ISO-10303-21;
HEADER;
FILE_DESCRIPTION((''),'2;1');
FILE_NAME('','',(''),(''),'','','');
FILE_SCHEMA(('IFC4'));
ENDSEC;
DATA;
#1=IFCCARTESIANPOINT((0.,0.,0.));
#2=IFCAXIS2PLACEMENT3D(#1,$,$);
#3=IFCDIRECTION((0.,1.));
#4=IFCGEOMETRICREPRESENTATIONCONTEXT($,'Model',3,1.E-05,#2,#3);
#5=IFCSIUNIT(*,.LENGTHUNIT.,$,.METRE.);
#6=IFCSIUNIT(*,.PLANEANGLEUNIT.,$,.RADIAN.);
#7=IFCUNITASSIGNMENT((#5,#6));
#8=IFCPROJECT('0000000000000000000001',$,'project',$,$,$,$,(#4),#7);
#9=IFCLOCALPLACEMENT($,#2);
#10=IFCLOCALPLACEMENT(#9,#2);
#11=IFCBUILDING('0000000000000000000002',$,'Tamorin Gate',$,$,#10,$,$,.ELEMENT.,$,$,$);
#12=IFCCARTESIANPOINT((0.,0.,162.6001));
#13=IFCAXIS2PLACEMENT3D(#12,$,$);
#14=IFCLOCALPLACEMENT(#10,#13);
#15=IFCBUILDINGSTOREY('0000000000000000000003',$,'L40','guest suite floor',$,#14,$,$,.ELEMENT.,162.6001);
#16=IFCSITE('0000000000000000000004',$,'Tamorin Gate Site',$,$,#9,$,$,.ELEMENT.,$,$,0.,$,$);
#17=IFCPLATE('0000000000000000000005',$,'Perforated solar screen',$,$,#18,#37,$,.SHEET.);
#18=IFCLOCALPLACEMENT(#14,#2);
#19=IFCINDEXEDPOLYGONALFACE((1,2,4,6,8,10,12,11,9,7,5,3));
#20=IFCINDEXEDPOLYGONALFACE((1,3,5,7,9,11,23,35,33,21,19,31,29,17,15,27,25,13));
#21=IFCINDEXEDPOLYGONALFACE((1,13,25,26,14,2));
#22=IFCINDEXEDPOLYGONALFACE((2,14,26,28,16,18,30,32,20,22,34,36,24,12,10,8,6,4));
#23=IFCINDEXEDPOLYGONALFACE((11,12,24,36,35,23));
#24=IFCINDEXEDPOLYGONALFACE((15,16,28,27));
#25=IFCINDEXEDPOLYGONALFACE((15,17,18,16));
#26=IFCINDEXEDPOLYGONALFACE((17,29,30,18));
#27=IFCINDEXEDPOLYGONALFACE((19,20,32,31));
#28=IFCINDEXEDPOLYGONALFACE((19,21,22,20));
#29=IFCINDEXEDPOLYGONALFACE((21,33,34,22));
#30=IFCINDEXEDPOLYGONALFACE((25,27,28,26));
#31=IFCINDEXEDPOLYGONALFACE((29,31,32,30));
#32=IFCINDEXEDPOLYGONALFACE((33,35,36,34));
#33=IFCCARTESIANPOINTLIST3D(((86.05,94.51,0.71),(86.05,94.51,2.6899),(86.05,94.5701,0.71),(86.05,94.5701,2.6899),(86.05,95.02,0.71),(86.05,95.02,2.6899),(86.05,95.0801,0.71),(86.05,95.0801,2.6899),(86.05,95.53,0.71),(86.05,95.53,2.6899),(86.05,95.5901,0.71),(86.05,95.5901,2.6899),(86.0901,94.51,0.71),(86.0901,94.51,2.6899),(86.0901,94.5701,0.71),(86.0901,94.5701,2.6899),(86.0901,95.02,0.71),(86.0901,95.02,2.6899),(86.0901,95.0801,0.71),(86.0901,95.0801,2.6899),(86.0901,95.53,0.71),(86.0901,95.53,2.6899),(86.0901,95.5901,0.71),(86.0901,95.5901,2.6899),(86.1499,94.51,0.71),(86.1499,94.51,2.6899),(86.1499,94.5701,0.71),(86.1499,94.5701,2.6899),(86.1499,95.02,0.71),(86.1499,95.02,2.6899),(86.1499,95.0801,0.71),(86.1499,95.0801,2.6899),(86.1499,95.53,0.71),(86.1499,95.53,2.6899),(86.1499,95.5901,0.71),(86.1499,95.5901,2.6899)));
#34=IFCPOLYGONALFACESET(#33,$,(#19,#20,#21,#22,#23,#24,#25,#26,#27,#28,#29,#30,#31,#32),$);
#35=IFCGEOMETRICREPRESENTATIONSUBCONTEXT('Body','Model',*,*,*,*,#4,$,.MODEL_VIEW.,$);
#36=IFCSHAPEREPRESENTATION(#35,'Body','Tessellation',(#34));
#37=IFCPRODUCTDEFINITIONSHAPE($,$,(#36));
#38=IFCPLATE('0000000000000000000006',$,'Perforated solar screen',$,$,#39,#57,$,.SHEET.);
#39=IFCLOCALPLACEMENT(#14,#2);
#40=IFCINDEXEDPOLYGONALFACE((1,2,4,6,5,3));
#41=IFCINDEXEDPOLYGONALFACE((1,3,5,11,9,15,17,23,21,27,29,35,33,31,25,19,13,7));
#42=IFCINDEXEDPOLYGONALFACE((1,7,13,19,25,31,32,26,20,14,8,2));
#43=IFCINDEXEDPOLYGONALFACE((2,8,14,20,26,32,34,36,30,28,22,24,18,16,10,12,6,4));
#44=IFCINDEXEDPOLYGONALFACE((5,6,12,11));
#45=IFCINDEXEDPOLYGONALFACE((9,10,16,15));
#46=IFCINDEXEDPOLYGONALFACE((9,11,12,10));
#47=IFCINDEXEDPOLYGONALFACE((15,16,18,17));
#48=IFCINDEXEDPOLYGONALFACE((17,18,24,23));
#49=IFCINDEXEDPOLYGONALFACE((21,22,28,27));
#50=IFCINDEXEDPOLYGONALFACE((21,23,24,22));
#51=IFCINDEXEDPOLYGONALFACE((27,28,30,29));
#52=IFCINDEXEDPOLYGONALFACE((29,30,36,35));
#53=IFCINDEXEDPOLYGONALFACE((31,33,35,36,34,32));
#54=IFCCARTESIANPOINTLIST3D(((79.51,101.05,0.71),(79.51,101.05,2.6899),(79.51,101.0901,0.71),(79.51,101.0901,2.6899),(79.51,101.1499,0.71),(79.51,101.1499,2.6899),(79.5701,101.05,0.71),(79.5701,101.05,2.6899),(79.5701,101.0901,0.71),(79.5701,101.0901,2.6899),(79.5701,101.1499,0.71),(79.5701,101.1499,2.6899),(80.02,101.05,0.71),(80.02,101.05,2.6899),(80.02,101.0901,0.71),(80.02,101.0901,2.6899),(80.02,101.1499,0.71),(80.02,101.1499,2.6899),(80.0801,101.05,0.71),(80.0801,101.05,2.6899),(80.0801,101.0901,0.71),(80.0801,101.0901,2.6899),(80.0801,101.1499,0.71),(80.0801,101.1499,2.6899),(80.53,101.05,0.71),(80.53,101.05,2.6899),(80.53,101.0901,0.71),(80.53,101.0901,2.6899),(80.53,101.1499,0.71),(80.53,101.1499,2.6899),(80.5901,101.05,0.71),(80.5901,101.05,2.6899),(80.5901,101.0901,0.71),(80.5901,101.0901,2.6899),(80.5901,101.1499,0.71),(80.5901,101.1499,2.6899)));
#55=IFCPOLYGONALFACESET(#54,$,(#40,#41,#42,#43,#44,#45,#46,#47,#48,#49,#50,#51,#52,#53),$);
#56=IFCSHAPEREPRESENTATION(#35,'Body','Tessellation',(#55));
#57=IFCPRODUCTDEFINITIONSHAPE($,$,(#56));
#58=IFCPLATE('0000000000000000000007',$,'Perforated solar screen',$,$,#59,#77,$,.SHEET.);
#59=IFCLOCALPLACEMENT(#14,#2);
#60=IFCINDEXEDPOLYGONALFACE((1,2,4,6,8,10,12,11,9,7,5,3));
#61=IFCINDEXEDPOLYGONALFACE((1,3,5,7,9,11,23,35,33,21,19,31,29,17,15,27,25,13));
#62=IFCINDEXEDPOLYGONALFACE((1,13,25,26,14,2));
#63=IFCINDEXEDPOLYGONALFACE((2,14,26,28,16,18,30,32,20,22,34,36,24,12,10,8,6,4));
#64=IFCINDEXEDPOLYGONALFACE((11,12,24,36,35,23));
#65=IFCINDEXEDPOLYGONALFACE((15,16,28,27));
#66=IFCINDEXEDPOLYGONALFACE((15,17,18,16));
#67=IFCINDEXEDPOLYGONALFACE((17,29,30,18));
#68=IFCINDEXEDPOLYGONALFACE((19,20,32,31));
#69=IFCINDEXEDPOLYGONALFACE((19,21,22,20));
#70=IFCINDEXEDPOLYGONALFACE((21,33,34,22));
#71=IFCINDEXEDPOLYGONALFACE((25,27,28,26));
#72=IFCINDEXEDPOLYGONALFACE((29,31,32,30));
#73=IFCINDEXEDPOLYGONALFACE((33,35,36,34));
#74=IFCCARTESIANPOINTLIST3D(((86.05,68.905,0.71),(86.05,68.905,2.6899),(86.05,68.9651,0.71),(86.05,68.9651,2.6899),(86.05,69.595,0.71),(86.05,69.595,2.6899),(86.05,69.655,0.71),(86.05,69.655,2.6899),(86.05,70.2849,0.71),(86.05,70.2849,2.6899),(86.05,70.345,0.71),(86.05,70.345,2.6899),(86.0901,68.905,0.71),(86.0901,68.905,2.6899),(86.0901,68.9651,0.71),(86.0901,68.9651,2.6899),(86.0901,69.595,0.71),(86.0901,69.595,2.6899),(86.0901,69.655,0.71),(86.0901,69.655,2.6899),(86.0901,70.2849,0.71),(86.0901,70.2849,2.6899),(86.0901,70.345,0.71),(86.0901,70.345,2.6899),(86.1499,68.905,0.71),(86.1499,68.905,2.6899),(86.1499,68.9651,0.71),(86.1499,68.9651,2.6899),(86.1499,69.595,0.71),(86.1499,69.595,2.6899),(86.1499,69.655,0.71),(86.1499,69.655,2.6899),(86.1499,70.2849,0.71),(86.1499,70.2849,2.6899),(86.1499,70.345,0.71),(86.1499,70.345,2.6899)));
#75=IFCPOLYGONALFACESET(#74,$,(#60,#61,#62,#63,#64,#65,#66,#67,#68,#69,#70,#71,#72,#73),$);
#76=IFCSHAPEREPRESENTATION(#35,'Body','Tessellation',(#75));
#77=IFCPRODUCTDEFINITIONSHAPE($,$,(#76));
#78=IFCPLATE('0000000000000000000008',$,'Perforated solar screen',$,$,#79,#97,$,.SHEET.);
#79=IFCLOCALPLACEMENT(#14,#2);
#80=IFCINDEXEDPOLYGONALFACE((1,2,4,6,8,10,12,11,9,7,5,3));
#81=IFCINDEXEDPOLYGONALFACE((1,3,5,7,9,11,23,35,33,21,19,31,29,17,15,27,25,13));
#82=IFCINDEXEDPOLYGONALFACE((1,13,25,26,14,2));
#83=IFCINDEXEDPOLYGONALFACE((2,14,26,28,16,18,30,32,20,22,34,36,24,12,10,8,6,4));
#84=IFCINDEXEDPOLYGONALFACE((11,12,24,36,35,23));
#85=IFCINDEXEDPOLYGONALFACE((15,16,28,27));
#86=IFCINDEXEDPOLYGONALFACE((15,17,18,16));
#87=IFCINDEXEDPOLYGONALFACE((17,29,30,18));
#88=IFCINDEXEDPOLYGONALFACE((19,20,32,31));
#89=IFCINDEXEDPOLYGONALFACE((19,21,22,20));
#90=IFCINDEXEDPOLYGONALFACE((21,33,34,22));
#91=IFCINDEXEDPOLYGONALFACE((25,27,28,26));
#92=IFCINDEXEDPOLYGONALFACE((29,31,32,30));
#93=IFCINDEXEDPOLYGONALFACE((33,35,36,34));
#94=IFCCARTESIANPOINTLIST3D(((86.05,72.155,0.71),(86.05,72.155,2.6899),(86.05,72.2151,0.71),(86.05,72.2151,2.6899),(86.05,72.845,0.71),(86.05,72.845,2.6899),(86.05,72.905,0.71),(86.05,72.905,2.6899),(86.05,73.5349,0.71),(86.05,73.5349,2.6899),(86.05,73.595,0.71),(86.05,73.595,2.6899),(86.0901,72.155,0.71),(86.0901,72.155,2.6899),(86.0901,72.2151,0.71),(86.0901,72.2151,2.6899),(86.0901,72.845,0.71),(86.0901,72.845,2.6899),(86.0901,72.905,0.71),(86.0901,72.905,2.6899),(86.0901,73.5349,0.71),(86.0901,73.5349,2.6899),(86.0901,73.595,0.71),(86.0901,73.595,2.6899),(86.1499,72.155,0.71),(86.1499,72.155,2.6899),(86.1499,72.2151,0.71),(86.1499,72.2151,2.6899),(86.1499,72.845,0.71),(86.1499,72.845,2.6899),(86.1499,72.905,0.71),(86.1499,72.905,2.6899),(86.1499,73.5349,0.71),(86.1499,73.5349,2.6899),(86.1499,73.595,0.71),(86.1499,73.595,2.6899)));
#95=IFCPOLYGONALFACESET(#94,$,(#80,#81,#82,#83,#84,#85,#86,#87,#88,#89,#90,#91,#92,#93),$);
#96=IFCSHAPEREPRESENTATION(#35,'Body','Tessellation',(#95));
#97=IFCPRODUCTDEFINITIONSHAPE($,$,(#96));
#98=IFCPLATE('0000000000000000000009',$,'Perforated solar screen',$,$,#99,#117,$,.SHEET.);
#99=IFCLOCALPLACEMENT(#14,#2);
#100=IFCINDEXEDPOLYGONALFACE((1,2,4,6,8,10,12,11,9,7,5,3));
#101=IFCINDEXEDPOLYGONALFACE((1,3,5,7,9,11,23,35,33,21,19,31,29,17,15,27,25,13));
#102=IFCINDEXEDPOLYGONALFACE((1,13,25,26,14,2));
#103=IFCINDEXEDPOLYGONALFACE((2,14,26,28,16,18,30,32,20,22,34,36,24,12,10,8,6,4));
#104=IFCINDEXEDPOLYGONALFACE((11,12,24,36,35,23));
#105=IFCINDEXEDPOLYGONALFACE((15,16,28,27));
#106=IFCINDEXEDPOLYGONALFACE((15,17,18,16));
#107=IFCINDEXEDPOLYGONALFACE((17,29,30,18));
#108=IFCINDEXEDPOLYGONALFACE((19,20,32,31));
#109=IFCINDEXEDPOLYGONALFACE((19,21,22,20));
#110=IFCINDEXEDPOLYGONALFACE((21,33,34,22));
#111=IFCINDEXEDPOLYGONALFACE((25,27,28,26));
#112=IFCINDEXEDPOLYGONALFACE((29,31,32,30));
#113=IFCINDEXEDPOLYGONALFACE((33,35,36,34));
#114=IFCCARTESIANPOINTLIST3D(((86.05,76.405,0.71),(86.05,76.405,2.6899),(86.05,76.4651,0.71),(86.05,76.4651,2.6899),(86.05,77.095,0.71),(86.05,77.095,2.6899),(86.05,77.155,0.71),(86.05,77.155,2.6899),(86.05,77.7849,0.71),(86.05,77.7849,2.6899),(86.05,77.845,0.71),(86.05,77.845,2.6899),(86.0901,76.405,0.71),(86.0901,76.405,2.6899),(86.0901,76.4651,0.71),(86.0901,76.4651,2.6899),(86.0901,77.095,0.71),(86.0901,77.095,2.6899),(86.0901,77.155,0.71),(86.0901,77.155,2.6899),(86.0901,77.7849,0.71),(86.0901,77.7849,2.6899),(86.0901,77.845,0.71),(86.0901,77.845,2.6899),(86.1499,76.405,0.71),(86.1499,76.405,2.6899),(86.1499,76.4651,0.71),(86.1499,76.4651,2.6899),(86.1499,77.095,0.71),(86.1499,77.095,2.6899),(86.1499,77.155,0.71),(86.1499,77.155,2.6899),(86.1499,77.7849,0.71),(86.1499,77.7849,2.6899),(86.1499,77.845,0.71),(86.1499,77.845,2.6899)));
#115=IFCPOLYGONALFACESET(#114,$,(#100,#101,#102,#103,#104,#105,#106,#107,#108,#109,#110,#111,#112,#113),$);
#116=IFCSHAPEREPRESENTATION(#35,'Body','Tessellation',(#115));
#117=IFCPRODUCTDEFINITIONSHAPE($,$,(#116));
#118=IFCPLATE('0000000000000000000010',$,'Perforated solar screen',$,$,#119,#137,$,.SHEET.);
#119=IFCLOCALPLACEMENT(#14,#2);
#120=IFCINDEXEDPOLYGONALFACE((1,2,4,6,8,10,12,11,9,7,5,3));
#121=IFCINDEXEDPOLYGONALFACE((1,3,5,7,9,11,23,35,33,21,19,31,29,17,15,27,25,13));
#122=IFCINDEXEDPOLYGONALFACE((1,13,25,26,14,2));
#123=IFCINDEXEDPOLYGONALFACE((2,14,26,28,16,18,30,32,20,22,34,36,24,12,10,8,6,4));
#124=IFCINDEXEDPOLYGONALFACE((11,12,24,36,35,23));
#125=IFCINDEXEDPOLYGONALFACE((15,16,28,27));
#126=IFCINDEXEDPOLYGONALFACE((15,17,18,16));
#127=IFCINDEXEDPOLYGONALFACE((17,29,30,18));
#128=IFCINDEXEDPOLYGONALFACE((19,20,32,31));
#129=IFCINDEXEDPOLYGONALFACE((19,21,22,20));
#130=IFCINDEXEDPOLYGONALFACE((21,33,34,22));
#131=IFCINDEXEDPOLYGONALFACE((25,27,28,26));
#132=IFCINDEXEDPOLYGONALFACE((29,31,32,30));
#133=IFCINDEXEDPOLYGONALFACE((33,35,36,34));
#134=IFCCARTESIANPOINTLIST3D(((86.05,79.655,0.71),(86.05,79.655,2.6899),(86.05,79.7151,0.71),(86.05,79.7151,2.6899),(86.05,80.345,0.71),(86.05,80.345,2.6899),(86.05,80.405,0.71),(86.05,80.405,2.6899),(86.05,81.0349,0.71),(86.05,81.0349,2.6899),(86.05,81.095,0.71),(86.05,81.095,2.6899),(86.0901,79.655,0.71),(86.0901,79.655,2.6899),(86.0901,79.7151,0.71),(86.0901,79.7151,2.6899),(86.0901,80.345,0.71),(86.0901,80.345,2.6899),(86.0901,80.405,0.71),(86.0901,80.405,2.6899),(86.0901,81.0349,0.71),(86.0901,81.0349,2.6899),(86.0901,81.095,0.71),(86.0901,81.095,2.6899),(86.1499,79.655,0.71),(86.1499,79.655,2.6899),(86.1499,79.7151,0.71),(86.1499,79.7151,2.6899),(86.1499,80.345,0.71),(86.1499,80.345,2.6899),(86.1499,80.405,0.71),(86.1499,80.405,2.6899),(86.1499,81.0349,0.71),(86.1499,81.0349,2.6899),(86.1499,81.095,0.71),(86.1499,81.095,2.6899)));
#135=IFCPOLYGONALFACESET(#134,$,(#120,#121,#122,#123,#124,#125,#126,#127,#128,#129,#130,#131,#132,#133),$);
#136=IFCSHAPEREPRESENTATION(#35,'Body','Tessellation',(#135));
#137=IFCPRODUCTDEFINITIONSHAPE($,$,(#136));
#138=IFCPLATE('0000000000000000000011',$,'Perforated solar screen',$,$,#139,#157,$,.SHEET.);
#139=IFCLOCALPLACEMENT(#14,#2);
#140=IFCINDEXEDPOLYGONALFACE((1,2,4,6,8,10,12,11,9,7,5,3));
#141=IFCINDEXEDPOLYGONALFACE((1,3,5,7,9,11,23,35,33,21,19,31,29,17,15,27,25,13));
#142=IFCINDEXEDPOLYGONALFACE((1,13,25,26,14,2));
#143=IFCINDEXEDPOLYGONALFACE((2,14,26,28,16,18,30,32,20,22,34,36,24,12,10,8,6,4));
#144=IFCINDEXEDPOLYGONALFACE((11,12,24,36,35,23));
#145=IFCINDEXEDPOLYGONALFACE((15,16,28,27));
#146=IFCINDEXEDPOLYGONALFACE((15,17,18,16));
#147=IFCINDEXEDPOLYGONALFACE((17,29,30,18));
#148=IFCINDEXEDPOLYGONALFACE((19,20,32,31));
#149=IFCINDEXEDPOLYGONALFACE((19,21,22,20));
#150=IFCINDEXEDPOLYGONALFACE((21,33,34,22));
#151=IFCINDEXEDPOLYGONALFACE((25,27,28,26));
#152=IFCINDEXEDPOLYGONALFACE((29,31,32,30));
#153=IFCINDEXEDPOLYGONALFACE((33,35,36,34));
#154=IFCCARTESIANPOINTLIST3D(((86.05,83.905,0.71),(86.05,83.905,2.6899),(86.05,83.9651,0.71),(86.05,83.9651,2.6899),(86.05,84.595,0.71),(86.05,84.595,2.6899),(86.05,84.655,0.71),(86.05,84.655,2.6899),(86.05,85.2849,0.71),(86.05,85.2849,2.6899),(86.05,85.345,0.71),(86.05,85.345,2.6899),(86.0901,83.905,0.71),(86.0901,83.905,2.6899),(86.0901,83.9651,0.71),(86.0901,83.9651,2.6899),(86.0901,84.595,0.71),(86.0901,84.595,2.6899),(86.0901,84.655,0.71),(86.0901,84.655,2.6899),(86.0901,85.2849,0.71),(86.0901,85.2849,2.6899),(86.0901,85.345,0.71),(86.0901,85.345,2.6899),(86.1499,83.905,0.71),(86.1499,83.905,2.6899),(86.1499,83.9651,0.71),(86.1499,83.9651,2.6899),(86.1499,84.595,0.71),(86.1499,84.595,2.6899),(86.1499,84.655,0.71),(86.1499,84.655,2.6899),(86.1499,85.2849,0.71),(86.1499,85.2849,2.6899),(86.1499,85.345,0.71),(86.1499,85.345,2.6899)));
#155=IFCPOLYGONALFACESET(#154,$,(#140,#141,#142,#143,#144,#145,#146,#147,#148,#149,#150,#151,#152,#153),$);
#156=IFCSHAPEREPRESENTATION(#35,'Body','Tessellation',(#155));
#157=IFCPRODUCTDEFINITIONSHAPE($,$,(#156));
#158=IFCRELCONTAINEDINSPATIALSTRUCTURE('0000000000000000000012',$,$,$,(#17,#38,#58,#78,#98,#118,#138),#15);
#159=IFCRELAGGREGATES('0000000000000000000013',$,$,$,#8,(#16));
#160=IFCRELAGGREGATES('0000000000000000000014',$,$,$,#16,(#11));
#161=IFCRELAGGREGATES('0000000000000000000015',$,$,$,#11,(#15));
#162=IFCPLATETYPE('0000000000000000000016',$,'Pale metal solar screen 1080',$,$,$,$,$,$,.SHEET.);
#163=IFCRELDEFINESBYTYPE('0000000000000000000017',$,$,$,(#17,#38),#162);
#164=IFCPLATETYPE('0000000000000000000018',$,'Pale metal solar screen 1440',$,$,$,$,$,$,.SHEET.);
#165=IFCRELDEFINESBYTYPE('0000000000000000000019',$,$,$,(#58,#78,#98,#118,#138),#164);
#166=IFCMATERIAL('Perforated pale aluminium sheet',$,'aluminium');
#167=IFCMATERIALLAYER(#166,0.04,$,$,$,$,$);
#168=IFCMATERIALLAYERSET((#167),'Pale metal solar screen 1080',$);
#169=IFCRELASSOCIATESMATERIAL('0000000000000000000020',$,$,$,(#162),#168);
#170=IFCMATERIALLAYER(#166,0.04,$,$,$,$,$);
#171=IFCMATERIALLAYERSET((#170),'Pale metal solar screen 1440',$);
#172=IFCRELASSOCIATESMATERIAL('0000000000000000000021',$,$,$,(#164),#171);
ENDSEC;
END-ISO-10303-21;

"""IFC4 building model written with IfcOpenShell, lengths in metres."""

from ifc_helpers import new_model, si_unit, direction, frame, origin, place, context, subcontext, project, spatial, polyline, outline, extrude, material, layer, layer_set, type_object, element, save


model = new_model("IFC4")

# Units and contexts
model_context = context("Model", 3, precision=1e-05, world=origin(), true_north=direction((0.0, 1.0)))
body_context = subcontext(model_context, "Body", "Model", "MODEL_VIEW")
ifc_project = project(units=[si_unit("LENGTHUNIT", "METRE"), si_unit("PLANEANGLEUNIT", "RADIAN")], contexts=[model_context])

# Site, building, storey
site_placement = place(None, origin())
site = spatial("IfcSite", under=ifc_project, at=site_placement, Name="Tamorin Gate Site", CompositionType="ELEMENT", RefElevation=0.0)
building_placement = place(site_placement, origin())
building = spatial("IfcBuilding", under=site, at=building_placement, Name="Tamorin Gate", CompositionType="ELEMENT")
storey_placement = place(building_placement, frame((0.0, 0.0, 162.6001)))
storey = spatial("IfcBuildingStorey", under=building, at=storey_placement, Name="L40", Description="guest suite floor", CompositionType="ELEMENT", Elevation=162.6001)

# Plates
ifc_material = material(Name="Perforated pale aluminium sheet", Category="aluminium")
ifc_layer_1 = layer(ifc_material, 0.04)
ifc_layer_set_1 = layer_set([ifc_layer_1], Name="Pale metal solar screen 1080")
plate_type_1 = type_object("IfcPlateType", Name="Pale metal solar screen 1080", PredefinedType="SHEET", material=ifc_layer_set_1)
plate_1_placement = place(storey_placement, frame((0.0, 0.0, 0.71)))
element("IfcPlate", 1, at=plate_1_placement, inside=storey, type_object=plate_type_1, Name="Perforated solar screen", PredefinedType="SHEET", context=body_context, shape_type="SweptSolid", body=[
    extrude(outline(polyline([(86.0901, 94.51), (86.05, 94.51), (86.05, 94.5701), (86.05, 95.02), (86.05, 95.0801), (86.05, 95.53), (86.05, 95.5901), (86.0901, 95.5901), (86.1499, 95.5901), (86.1499, 95.53), (86.0901, 95.53), (86.0901, 95.0801), (86.1499, 95.0801), (86.1499, 95.02), (86.0901, 95.02), (86.0901, 94.5701), (86.1499, 94.5701), (86.1499, 94.51), (86.0901, 94.51)])), origin(), (0.0, 0.0, 1.0), 1.98),
])
plate_2_placement = place(storey_placement, frame((0.0, 0.0, 0.71)))
element("IfcPlate", 2, at=plate_2_placement, inside=storey, type_object=plate_type_1, Name="Perforated solar screen", PredefinedType="SHEET", context=body_context, shape_type="SweptSolid", body=[
    extrude(outline(polyline([(80.5901, 101.0901), (80.5901, 101.05), (80.53, 101.05), (80.0801, 101.05), (80.02, 101.05), (79.5701, 101.05), (79.51, 101.05), (79.51, 101.0901), (79.51, 101.1499), (79.5701, 101.1499), (79.5701, 101.0901), (80.02, 101.0901), (80.02, 101.1499), (80.0801, 101.1499), (80.0801, 101.0901), (80.53, 101.0901), (80.53, 101.1499), (80.5901, 101.1499), (80.5901, 101.0901)])), origin(), (0.0, 0.0, 1.0), 1.98),
])
ifc_layer_2 = layer(ifc_material, 0.04)
ifc_layer_set_2 = layer_set([ifc_layer_2], Name="Pale metal solar screen 1440")
plate_type_2 = type_object("IfcPlateType", Name="Pale metal solar screen 1440", PredefinedType="SHEET", material=ifc_layer_set_2)
plate_3_placement = place(storey_placement, frame((0.0, 0.0, 0.71)))
element("IfcPlate", 3, at=plate_3_placement, inside=storey, type_object=plate_type_2, Name="Perforated solar screen", PredefinedType="SHEET", context=body_context, shape_type="SweptSolid", body=[
    extrude(outline(polyline([(86.0901, 68.905), (86.05, 68.905), (86.05, 68.9651), (86.05, 69.595), (86.05, 69.655), (86.05, 70.2849), (86.05, 70.345), (86.0901, 70.345), (86.1499, 70.345), (86.1499, 70.2849), (86.0901, 70.2849), (86.0901, 69.655), (86.1499, 69.655), (86.1499, 69.595), (86.0901, 69.595), (86.0901, 68.9651), (86.1499, 68.9651), (86.1499, 68.905), (86.0901, 68.905)])), origin(), (0.0, 0.0, 1.0), 1.98),
])
plate_4_placement = place(storey_placement, frame((0.0, 0.0, 0.71)))
element("IfcPlate", 4, at=plate_4_placement, inside=storey, type_object=plate_type_2, Name="Perforated solar screen", PredefinedType="SHEET", context=body_context, shape_type="SweptSolid", body=[
    extrude(outline(polyline([(86.0901, 72.155), (86.05, 72.155), (86.05, 72.2151), (86.05, 72.845), (86.05, 72.905), (86.05, 73.5349), (86.05, 73.595), (86.0901, 73.595), (86.1499, 73.595), (86.1499, 73.5349), (86.0901, 73.5349), (86.0901, 72.905), (86.1499, 72.905), (86.1499, 72.845), (86.0901, 72.845), (86.0901, 72.2151), (86.1499, 72.2151), (86.1499, 72.155), (86.0901, 72.155)])), origin(), (0.0, 0.0, 1.0), 1.98),
])
plate_5_placement = place(storey_placement, frame((0.0, 0.0, 0.71)))
element("IfcPlate", 5, at=plate_5_placement, inside=storey, type_object=plate_type_2, Name="Perforated solar screen", PredefinedType="SHEET", context=body_context, shape_type="SweptSolid", body=[
    extrude(outline(polyline([(86.0901, 76.405), (86.05, 76.405), (86.05, 76.4651), (86.05, 77.095), (86.05, 77.155), (86.05, 77.7849), (86.05, 77.845), (86.0901, 77.845), (86.1499, 77.845), (86.1499, 77.7849), (86.0901, 77.7849), (86.0901, 77.155), (86.1499, 77.155), (86.1499, 77.095), (86.0901, 77.095), (86.0901, 76.4651), (86.1499, 76.4651), (86.1499, 76.405), (86.0901, 76.405)])), origin(), (0.0, 0.0, 1.0), 1.98),
])
plate_6_placement = place(storey_placement, frame((0.0, 0.0, 0.71)))
element("IfcPlate", 6, at=plate_6_placement, inside=storey, type_object=plate_type_2, Name="Perforated solar screen", PredefinedType="SHEET", context=body_context, shape_type="SweptSolid", body=[
    extrude(outline(polyline([(86.0901, 79.655), (86.05, 79.655), (86.05, 79.7151), (86.05, 80.345), (86.05, 80.405), (86.05, 81.0349), (86.05, 81.095), (86.0901, 81.095), (86.1499, 81.095), (86.1499, 81.0349), (86.0901, 81.0349), (86.0901, 80.405), (86.1499, 80.405), (86.1499, 80.345), (86.0901, 80.345), (86.0901, 79.7151), (86.1499, 79.7151), (86.1499, 79.655), (86.0901, 79.655)])), origin(), (0.0, 0.0, 1.0), 1.98),
])
plate_7_placement = place(storey_placement, frame((0.0, 0.0, 0.71)))
element("IfcPlate", 7, at=plate_7_placement, inside=storey, type_object=plate_type_2, Name="Perforated solar screen", PredefinedType="SHEET", context=body_context, shape_type="SweptSolid", body=[
    extrude(outline(polyline([(86.0901, 83.905), (86.05, 83.905), (86.05, 83.9651), (86.05, 84.595), (86.05, 84.655), (86.05, 85.2849), (86.05, 85.345), (86.0901, 85.345), (86.1499, 85.345), (86.1499, 85.2849), (86.0901, 85.2849), (86.0901, 84.655), (86.1499, 84.655), (86.1499, 84.595), (86.0901, 84.595), (86.0901, 83.9651), (86.1499, 83.9651), (86.1499, 83.905), (86.0901, 83.905)])), origin(), (0.0, 0.0, 1.0), 1.98),
])

save(model, "model.ifc")
